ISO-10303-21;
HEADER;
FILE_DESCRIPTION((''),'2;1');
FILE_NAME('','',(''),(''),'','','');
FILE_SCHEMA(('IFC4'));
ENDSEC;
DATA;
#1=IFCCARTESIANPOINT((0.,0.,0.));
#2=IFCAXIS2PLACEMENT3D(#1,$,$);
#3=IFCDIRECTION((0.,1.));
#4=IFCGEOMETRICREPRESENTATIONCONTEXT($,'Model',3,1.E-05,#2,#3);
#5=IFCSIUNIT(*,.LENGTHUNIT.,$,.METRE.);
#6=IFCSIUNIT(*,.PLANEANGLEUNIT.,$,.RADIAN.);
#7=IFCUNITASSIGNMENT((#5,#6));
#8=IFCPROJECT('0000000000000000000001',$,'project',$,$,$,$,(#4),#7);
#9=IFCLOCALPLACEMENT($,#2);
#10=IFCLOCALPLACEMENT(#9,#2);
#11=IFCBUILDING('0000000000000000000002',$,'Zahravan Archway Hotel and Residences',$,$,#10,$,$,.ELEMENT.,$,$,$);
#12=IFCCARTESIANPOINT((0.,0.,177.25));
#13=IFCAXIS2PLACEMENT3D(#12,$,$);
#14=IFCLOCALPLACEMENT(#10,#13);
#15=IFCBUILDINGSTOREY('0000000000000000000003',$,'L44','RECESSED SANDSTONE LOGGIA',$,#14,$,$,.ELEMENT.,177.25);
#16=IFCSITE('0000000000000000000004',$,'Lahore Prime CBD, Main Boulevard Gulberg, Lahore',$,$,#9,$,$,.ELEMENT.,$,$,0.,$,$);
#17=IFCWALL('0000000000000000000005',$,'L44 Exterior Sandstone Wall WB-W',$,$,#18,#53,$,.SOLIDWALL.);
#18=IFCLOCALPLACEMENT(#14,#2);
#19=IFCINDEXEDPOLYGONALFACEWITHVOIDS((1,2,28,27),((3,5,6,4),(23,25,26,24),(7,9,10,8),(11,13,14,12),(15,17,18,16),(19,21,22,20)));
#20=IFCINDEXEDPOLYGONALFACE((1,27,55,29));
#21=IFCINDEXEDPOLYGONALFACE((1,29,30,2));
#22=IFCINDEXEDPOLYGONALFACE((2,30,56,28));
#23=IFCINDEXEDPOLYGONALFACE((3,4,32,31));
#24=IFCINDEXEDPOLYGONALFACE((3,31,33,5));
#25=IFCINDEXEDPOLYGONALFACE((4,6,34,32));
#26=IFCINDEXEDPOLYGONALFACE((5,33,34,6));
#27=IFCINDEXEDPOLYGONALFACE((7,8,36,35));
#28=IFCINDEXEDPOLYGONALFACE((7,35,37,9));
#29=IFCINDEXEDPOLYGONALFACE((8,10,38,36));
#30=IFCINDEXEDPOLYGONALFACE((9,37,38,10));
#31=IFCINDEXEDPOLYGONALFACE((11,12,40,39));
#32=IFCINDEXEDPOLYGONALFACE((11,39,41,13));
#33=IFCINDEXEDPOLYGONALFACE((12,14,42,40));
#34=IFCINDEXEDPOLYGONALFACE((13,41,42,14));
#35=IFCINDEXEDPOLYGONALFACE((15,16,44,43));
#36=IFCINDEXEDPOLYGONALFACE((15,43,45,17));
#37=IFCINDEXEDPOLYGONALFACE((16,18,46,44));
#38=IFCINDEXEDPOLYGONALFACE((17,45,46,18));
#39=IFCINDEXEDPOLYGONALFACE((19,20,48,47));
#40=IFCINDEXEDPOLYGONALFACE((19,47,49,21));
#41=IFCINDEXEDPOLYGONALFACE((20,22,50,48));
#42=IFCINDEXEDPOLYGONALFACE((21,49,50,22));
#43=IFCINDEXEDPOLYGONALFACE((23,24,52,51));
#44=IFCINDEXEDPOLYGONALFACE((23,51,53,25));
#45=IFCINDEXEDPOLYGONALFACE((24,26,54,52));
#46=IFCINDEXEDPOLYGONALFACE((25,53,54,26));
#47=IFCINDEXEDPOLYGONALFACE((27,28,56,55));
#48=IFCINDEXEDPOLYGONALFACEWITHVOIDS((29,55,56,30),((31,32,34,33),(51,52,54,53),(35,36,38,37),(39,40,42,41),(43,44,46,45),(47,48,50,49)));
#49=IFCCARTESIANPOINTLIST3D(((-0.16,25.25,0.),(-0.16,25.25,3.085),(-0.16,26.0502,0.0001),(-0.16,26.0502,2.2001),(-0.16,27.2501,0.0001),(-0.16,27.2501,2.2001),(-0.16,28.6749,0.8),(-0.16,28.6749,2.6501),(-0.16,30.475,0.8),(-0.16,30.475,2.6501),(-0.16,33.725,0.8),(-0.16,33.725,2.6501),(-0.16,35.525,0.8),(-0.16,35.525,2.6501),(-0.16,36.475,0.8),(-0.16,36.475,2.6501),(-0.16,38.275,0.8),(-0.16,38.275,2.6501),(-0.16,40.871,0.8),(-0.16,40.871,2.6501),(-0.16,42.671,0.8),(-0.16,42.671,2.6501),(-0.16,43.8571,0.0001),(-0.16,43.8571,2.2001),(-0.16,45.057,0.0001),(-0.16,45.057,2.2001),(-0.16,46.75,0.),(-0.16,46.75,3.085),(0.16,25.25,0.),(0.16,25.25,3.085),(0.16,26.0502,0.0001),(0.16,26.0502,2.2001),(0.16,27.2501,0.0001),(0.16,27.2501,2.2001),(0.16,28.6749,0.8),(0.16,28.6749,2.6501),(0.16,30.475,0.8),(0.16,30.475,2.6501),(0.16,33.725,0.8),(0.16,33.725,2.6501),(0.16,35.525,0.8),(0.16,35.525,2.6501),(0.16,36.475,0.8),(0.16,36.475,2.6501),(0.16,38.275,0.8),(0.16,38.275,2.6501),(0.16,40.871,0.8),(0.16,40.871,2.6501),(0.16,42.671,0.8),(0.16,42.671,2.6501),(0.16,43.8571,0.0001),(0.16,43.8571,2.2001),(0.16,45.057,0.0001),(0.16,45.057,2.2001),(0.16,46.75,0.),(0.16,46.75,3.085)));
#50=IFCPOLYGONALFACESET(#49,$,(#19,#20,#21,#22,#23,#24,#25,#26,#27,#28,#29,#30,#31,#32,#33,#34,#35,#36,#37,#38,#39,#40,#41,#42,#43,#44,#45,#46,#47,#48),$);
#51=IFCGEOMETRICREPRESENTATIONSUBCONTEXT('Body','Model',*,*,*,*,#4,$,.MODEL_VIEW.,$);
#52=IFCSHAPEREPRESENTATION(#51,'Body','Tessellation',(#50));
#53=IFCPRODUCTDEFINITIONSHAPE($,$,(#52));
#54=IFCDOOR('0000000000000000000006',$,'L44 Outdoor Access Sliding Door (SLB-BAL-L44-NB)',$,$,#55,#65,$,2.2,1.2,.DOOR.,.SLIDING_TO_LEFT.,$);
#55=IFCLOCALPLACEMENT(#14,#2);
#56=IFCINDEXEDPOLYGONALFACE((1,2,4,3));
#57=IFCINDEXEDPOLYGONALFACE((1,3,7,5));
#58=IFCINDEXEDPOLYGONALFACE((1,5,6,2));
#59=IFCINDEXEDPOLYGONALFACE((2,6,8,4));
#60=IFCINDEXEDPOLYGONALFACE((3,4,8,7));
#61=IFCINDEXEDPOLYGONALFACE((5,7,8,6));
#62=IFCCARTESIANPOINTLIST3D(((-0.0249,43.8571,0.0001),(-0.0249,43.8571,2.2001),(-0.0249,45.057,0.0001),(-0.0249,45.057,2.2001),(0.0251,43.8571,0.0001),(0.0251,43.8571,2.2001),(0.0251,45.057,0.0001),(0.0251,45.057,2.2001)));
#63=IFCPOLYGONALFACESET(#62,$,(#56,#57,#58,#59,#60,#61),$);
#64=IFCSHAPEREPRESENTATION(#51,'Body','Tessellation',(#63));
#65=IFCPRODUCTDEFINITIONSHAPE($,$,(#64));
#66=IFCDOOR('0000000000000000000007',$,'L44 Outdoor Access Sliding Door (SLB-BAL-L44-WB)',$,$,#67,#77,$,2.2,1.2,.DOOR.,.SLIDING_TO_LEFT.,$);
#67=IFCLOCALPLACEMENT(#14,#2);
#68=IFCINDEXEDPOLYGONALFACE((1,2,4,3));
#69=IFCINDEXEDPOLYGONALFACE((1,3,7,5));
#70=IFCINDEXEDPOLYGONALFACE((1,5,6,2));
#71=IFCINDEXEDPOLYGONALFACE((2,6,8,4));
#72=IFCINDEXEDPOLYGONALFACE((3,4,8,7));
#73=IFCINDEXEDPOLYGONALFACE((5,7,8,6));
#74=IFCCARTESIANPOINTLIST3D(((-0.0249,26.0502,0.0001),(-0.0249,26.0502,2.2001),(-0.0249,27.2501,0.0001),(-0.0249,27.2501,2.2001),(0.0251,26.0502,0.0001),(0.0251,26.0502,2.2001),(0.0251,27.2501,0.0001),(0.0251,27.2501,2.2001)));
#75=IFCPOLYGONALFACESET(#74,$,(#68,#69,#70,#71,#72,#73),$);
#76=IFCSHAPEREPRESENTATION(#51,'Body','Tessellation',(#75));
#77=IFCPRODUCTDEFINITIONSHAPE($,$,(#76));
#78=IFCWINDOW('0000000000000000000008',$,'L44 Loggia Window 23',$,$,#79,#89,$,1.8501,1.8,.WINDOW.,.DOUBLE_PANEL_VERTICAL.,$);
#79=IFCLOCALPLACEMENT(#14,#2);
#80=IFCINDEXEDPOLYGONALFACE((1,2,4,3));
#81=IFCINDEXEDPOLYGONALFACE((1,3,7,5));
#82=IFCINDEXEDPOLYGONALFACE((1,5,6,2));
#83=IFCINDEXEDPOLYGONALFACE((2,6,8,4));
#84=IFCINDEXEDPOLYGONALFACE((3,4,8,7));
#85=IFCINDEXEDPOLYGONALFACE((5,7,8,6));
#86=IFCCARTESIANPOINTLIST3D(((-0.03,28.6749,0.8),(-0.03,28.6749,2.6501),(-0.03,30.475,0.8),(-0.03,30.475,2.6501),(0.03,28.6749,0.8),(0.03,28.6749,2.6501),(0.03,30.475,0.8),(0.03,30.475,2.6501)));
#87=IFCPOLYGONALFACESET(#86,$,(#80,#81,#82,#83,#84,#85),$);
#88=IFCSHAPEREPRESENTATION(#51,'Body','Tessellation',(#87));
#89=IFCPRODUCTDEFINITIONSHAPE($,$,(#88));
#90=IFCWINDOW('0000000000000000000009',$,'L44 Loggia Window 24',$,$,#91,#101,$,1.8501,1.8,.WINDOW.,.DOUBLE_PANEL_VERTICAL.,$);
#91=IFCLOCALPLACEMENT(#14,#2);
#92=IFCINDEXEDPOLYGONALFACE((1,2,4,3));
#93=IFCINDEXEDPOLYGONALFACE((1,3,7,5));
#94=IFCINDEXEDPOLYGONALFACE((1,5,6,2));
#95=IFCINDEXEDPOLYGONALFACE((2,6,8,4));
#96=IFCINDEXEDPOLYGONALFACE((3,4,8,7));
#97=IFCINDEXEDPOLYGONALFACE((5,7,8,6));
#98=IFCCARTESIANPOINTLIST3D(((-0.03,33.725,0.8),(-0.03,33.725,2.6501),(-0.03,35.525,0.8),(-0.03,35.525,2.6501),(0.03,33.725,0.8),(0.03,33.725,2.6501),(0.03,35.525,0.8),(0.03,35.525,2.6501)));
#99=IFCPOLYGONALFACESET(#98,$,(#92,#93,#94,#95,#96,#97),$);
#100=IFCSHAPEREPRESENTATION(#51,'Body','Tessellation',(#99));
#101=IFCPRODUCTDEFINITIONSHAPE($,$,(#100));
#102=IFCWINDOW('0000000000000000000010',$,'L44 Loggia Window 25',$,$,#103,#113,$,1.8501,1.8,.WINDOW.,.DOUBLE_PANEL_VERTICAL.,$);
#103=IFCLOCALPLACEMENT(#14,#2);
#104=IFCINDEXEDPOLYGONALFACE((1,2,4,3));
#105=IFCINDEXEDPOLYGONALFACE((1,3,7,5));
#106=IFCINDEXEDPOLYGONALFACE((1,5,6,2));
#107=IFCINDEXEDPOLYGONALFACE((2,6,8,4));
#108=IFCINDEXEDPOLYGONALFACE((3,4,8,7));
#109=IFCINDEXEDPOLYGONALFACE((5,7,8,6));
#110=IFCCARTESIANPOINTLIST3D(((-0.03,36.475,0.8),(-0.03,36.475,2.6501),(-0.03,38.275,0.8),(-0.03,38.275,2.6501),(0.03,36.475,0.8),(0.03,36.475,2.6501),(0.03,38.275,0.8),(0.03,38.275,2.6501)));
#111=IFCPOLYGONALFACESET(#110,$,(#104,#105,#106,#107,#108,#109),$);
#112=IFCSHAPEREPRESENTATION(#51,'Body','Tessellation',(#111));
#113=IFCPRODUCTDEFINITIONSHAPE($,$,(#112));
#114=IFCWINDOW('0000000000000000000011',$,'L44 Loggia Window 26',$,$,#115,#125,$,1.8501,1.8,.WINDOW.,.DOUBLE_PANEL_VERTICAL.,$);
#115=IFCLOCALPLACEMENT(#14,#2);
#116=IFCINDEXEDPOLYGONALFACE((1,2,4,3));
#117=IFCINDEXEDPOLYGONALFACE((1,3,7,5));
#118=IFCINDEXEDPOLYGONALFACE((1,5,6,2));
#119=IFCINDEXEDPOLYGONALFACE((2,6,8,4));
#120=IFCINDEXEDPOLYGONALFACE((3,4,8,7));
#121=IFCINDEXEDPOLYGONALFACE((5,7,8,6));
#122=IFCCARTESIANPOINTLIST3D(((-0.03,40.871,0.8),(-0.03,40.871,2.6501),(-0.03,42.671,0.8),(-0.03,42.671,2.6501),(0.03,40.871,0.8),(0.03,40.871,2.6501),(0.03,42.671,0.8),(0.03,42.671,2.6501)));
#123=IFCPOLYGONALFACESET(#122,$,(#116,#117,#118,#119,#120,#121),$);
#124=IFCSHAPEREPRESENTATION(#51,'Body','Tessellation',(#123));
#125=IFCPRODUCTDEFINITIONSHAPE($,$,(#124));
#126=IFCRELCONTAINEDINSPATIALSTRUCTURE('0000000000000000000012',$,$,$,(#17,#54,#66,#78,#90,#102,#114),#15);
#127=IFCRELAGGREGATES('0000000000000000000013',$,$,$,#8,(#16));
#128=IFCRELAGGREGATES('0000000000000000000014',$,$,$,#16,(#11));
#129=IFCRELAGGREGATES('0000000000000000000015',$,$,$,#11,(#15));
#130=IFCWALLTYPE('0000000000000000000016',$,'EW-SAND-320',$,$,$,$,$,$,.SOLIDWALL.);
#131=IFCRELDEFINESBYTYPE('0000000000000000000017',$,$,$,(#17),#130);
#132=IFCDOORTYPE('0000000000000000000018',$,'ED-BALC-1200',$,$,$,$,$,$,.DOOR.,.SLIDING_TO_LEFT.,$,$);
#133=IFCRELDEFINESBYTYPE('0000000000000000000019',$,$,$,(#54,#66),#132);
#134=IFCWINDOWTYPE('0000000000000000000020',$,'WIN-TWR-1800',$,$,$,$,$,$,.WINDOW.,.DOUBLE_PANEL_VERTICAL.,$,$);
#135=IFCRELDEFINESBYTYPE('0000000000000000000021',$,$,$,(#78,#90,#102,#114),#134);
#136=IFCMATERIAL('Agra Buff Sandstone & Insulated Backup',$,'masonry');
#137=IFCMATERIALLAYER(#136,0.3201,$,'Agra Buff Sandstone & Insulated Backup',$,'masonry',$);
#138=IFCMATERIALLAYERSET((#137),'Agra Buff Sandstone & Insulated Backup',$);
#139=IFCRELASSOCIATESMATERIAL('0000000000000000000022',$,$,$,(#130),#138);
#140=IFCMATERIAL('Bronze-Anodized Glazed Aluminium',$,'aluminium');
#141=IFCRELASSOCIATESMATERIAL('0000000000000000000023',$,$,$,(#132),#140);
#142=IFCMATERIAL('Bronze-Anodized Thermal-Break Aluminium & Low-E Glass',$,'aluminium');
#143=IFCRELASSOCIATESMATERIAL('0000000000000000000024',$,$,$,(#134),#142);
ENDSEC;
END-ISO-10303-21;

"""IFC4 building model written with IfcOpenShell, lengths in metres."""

from ifc_helpers import new_model, si_unit, direction, frame, frame_2d, origin, place, context, subcontext, project, spatial, rectangle, extrude, source, transform, mapped, material, layer, layer_set, type_object, type_shapes, element, fill, save


model = new_model("IFC4")

# Units and contexts
model_context = context("Model", 3, precision=1e-05, world=origin(), true_north=direction((0.0, 1.0)))
body_context = subcontext(model_context, "Body", "Model", "MODEL_VIEW")
ifc_project = project(units=[si_unit("LENGTHUNIT", "METRE"), si_unit("PLANEANGLEUNIT", "RADIAN")], contexts=[model_context])

# Site, building, storey
site_placement = place(None, origin())
site = spatial("IfcSite", under=ifc_project, at=site_placement, Name="Lahore Prime CBD, Main Boulevard Gulberg, Lahore", CompositionType="ELEMENT", RefElevation=0.0)
building_placement = place(site_placement, origin())
building = spatial("IfcBuilding", under=site, at=building_placement, Name="Zahravan Archway Hotel and Residences", CompositionType="ELEMENT")
storey_placement = place(building_placement, frame((0.0, 0.0, 177.25)))
storey = spatial("IfcBuildingStorey", under=building, at=storey_placement, Name="L44", Description="RECESSED SANDSTONE LOGGIA", CompositionType="ELEMENT", Elevation=177.25)

# Shared definitions
ifc_material_1 = material(Name="Agra Buff Sandstone & Insulated Backup", Category="masonry")
ifc_layer_1 = layer(ifc_material_1, 0.3201, Name="Agra Buff Sandstone & Insulated Backup", Category="masonry")
ifc_layer_set_1 = layer_set([ifc_layer_1], Name="Agra Buff Sandstone & Insulated Backup")
wall_type_1 = type_object("IfcWallType", Name="EW-SAND-320", PredefinedType="SOLIDWALL", material=ifc_layer_set_1)
ifc_material_2 = material(Name="Bronze-Anodized Thermal-Break Aluminium & Low-E Glass", Category="aluminium")

# Wall, openings, doors, windows
wall_1_placement = place(storey_placement, frame((0.0, 25.25, 0.0), z_axis=(0.0, 0.0, 1.0), x_axis=(0.0, 1.0, 0.0)))
wall_1 = element("IfcWall", 1, at=wall_1_placement, inside=storey, type_object=wall_type_1, Name="L44 Exterior Sandstone Wall WB-W", PredefinedType="SOLIDWALL", context=body_context, shape_type="SweptSolid", body=[
    extrude(rectangle(XDim=21.5, YDim=0.3201, at=frame_2d((10.75, 0.0))), origin(), (0.0, 0.0, 1.0), 3.085),
])
opening_1_placement = place(wall_1_placement, frame((18.6069, 0.0, 0.0)))
opening_1 = element("IfcOpeningElement", 2, at=opening_1_placement, cuts=wall_1, PredefinedType="OPENING", context=body_context, shape_type="SweptSolid", body=[
    extrude(rectangle(XDim=1.2, YDim=2.2, at=frame_2d((0.6001, 1.1001))), frame((0.0, 0.1699, 0.0), z_axis=(0.0, -1.0, 0.0), x_axis=(1.0, 0.0, 0.0)), (0.0, 0.0, 1.0), 0.3401),
])
opening_2_placement = place(wall_1_placement, frame((0.8, 0.0, 0.0)))
opening_2 = element("IfcOpeningElement", 3, at=opening_2_placement, cuts=wall_1, PredefinedType="OPENING", context=body_context, shape_type="SweptSolid", body=[
    extrude(rectangle(XDim=1.2, YDim=2.2, at=frame_2d((0.6001, 1.1001))), frame((0.0, 0.1699, 0.0), z_axis=(0.0, -1.0, 0.0), x_axis=(1.0, 0.0, 0.0)), (0.0, 0.0, 1.0), 0.3401),
])
opening_3_placement = place(wall_1_placement, frame((3.425, 0.0, 0.8)))
opening_3 = element("IfcOpeningElement", 4, at=opening_3_placement, cuts=wall_1, PredefinedType="OPENING", context=body_context, shape_type="SweptSolid", body=[
    extrude(rectangle(XDim=1.8, YDim=1.8501, at=frame_2d((0.8999, 0.925))), frame((0.0, 0.1699, 0.0), z_axis=(0.0, -1.0, 0.0), x_axis=(1.0, 0.0, 0.0)), (0.0, 0.0, 1.0), 0.3401),
])
opening_4_placement = place(wall_1_placement, frame((8.4751, 0.0, 0.8)))
opening_4 = element("IfcOpeningElement", 5, at=opening_4_placement, cuts=wall_1, PredefinedType="OPENING", context=body_context, shape_type="SweptSolid", body=[
    extrude(rectangle(XDim=1.8, YDim=1.8501, at=frame_2d((0.8999, 0.925))), frame((0.0, 0.1699, 0.0), z_axis=(0.0, -1.0, 0.0), x_axis=(1.0, 0.0, 0.0)), (0.0, 0.0, 1.0), 0.3401),
])
opening_5_placement = place(wall_1_placement, frame((11.2251, 0.0, 0.8)))
opening_5 = element("IfcOpeningElement", 6, at=opening_5_placement, cuts=wall_1, PredefinedType="OPENING", context=body_context, shape_type="SweptSolid", body=[
    extrude(rectangle(XDim=1.8, YDim=1.8501, at=frame_2d((0.8999, 0.925))), frame((0.0, 0.1699, 0.0), z_axis=(0.0, -1.0, 0.0), x_axis=(1.0, 0.0, 0.0)), (0.0, 0.0, 1.0), 0.3401),
])
opening_6_placement = place(wall_1_placement, frame((15.6211, 0.0, 0.8)))
opening_6 = element("IfcOpeningElement", 7, at=opening_6_placement, cuts=wall_1, PredefinedType="OPENING", context=body_context, shape_type="SweptSolid", body=[
    extrude(rectangle(XDim=1.8, YDim=1.8501, at=frame_2d((0.8999, 0.925))), frame((0.0, 0.1699, 0.0), z_axis=(0.0, -1.0, 0.0), x_axis=(1.0, 0.0, 0.0)), (0.0, 0.0, 1.0), 0.3401),
])
ifc_material_3 = material(Name="Bronze-Anodized Glazed Aluminium", Category="aluminium")
door_type = type_object("IfcDoorType", Name="ED-BALC-1200", OperationType="SLIDING_TO_LEFT", PredefinedType="DOOR", material=ifc_material_3)
shared_shape_1 = source(origin(), body_context, "Body", "SweptSolid", [
    extrude(rectangle(XDim=1.2, YDim=2.2, at=frame_2d((0.6001, 1.1001))), frame((0.0, 0.0249, 0.0), z_axis=(0.0, -1.0, 0.0), x_axis=(1.0, 0.0, 0.0)), (0.0, 0.0, 1.0), 0.05),
])
type_shapes(door_type, [shared_shape_1])
door_1_placement = place(opening_1_placement, origin())
door_1 = element("IfcDoor", 8, at=door_1_placement, inside=storey, type_object=door_type, Name="L44 Outdoor Access Sliding Door (SLB-BAL-L44-NB)", OperationType="SLIDING_TO_LEFT", OverallHeight=2.2, OverallWidth=1.2, PredefinedType="DOOR", context=body_context, shape_type="MappedRepresentation", body=[
    mapped(shared_shape_1, transform((0.0, 0.0, 0.0), scale=1.0)),
])
fill(opening_1, door_1)
door_2_placement = place(opening_2_placement, origin())
door_2 = element("IfcDoor", 9, at=door_2_placement, inside=storey, type_object=door_type, Name="L44 Outdoor Access Sliding Door (SLB-BAL-L44-WB)", OperationType="SLIDING_TO_LEFT", OverallHeight=2.2, OverallWidth=1.2, PredefinedType="DOOR", context=body_context, shape_type="MappedRepresentation", body=[
    mapped(shared_shape_1, transform((0.0, 0.0, 0.0), scale=1.0)),
])
fill(opening_2, door_2)
window_type_1 = type_object("IfcWindowType", Name="WIN-TWR-1800", PartitioningType="DOUBLE_PANEL_VERTICAL", PredefinedType="WINDOW", material=ifc_material_2)
shared_shape_2 = source(origin(), body_context, "Body", "SweptSolid", [
    extrude(rectangle(XDim=1.8, YDim=1.8501, at=frame_2d((0.8999, 0.925))), frame((0.0, 0.03, 0.0), z_axis=(0.0, -1.0, 0.0), x_axis=(1.0, 0.0, 0.0)), (0.0, 0.0, 1.0), 0.0601),
])
type_shapes(window_type_1, [shared_shape_2])
window_1_placement = place(opening_3_placement, origin())
window_1 = element("IfcWindow", 10, at=window_1_placement, inside=storey, type_object=window_type_1, Name="L44 Loggia Window 23", OverallHeight=1.8501, OverallWidth=1.8, PartitioningType="DOUBLE_PANEL_VERTICAL", PredefinedType="WINDOW", context=body_context, shape_type="MappedRepresentation", body=[
    mapped(shared_shape_2, transform((0.0, 0.0, 0.0), scale=1.0)),
])
fill(opening_3, window_1)
window_2_placement = place(opening_4_placement, origin())
window_2 = element("IfcWindow", 11, at=window_2_placement, inside=storey, type_object=window_type_1, Name="L44 Loggia Window 24", OverallHeight=1.8501, OverallWidth=1.8, PartitioningType="DOUBLE_PANEL_VERTICAL", PredefinedType="WINDOW", context=body_context, shape_type="MappedRepresentation", body=[
    mapped(shared_shape_2, transform((0.0, 0.0, 0.0), scale=1.0)),
])
fill(opening_4, window_2)
window_3_placement = place(opening_5_placement, origin())
window_3 = element("IfcWindow", 12, at=window_3_placement, inside=storey, type_object=window_type_1, Name="L44 Loggia Window 25", OverallHeight=1.8501, OverallWidth=1.8, PartitioningType="DOUBLE_PANEL_VERTICAL", PredefinedType="WINDOW", context=body_context, shape_type="MappedRepresentation", body=[
    mapped(shared_shape_2, transform((0.0, 0.0, 0.0), scale=1.0)),
])
fill(opening_5, window_3)
window_4_placement = place(opening_6_placement, origin())
window_4 = element("IfcWindow", 13, at=window_4_placement, inside=storey, type_object=window_type_1, Name="L44 Loggia Window 26", OverallHeight=1.8501, OverallWidth=1.8, PartitioningType="DOUBLE_PANEL_VERTICAL", PredefinedType="WINDOW", context=body_context, shape_type="MappedRepresentation", body=[
    mapped(shared_shape_2, transform((0.0, 0.0, 0.0), scale=1.0)),
])
fill(opening_6, window_4)

save(model, "model.ifc")
